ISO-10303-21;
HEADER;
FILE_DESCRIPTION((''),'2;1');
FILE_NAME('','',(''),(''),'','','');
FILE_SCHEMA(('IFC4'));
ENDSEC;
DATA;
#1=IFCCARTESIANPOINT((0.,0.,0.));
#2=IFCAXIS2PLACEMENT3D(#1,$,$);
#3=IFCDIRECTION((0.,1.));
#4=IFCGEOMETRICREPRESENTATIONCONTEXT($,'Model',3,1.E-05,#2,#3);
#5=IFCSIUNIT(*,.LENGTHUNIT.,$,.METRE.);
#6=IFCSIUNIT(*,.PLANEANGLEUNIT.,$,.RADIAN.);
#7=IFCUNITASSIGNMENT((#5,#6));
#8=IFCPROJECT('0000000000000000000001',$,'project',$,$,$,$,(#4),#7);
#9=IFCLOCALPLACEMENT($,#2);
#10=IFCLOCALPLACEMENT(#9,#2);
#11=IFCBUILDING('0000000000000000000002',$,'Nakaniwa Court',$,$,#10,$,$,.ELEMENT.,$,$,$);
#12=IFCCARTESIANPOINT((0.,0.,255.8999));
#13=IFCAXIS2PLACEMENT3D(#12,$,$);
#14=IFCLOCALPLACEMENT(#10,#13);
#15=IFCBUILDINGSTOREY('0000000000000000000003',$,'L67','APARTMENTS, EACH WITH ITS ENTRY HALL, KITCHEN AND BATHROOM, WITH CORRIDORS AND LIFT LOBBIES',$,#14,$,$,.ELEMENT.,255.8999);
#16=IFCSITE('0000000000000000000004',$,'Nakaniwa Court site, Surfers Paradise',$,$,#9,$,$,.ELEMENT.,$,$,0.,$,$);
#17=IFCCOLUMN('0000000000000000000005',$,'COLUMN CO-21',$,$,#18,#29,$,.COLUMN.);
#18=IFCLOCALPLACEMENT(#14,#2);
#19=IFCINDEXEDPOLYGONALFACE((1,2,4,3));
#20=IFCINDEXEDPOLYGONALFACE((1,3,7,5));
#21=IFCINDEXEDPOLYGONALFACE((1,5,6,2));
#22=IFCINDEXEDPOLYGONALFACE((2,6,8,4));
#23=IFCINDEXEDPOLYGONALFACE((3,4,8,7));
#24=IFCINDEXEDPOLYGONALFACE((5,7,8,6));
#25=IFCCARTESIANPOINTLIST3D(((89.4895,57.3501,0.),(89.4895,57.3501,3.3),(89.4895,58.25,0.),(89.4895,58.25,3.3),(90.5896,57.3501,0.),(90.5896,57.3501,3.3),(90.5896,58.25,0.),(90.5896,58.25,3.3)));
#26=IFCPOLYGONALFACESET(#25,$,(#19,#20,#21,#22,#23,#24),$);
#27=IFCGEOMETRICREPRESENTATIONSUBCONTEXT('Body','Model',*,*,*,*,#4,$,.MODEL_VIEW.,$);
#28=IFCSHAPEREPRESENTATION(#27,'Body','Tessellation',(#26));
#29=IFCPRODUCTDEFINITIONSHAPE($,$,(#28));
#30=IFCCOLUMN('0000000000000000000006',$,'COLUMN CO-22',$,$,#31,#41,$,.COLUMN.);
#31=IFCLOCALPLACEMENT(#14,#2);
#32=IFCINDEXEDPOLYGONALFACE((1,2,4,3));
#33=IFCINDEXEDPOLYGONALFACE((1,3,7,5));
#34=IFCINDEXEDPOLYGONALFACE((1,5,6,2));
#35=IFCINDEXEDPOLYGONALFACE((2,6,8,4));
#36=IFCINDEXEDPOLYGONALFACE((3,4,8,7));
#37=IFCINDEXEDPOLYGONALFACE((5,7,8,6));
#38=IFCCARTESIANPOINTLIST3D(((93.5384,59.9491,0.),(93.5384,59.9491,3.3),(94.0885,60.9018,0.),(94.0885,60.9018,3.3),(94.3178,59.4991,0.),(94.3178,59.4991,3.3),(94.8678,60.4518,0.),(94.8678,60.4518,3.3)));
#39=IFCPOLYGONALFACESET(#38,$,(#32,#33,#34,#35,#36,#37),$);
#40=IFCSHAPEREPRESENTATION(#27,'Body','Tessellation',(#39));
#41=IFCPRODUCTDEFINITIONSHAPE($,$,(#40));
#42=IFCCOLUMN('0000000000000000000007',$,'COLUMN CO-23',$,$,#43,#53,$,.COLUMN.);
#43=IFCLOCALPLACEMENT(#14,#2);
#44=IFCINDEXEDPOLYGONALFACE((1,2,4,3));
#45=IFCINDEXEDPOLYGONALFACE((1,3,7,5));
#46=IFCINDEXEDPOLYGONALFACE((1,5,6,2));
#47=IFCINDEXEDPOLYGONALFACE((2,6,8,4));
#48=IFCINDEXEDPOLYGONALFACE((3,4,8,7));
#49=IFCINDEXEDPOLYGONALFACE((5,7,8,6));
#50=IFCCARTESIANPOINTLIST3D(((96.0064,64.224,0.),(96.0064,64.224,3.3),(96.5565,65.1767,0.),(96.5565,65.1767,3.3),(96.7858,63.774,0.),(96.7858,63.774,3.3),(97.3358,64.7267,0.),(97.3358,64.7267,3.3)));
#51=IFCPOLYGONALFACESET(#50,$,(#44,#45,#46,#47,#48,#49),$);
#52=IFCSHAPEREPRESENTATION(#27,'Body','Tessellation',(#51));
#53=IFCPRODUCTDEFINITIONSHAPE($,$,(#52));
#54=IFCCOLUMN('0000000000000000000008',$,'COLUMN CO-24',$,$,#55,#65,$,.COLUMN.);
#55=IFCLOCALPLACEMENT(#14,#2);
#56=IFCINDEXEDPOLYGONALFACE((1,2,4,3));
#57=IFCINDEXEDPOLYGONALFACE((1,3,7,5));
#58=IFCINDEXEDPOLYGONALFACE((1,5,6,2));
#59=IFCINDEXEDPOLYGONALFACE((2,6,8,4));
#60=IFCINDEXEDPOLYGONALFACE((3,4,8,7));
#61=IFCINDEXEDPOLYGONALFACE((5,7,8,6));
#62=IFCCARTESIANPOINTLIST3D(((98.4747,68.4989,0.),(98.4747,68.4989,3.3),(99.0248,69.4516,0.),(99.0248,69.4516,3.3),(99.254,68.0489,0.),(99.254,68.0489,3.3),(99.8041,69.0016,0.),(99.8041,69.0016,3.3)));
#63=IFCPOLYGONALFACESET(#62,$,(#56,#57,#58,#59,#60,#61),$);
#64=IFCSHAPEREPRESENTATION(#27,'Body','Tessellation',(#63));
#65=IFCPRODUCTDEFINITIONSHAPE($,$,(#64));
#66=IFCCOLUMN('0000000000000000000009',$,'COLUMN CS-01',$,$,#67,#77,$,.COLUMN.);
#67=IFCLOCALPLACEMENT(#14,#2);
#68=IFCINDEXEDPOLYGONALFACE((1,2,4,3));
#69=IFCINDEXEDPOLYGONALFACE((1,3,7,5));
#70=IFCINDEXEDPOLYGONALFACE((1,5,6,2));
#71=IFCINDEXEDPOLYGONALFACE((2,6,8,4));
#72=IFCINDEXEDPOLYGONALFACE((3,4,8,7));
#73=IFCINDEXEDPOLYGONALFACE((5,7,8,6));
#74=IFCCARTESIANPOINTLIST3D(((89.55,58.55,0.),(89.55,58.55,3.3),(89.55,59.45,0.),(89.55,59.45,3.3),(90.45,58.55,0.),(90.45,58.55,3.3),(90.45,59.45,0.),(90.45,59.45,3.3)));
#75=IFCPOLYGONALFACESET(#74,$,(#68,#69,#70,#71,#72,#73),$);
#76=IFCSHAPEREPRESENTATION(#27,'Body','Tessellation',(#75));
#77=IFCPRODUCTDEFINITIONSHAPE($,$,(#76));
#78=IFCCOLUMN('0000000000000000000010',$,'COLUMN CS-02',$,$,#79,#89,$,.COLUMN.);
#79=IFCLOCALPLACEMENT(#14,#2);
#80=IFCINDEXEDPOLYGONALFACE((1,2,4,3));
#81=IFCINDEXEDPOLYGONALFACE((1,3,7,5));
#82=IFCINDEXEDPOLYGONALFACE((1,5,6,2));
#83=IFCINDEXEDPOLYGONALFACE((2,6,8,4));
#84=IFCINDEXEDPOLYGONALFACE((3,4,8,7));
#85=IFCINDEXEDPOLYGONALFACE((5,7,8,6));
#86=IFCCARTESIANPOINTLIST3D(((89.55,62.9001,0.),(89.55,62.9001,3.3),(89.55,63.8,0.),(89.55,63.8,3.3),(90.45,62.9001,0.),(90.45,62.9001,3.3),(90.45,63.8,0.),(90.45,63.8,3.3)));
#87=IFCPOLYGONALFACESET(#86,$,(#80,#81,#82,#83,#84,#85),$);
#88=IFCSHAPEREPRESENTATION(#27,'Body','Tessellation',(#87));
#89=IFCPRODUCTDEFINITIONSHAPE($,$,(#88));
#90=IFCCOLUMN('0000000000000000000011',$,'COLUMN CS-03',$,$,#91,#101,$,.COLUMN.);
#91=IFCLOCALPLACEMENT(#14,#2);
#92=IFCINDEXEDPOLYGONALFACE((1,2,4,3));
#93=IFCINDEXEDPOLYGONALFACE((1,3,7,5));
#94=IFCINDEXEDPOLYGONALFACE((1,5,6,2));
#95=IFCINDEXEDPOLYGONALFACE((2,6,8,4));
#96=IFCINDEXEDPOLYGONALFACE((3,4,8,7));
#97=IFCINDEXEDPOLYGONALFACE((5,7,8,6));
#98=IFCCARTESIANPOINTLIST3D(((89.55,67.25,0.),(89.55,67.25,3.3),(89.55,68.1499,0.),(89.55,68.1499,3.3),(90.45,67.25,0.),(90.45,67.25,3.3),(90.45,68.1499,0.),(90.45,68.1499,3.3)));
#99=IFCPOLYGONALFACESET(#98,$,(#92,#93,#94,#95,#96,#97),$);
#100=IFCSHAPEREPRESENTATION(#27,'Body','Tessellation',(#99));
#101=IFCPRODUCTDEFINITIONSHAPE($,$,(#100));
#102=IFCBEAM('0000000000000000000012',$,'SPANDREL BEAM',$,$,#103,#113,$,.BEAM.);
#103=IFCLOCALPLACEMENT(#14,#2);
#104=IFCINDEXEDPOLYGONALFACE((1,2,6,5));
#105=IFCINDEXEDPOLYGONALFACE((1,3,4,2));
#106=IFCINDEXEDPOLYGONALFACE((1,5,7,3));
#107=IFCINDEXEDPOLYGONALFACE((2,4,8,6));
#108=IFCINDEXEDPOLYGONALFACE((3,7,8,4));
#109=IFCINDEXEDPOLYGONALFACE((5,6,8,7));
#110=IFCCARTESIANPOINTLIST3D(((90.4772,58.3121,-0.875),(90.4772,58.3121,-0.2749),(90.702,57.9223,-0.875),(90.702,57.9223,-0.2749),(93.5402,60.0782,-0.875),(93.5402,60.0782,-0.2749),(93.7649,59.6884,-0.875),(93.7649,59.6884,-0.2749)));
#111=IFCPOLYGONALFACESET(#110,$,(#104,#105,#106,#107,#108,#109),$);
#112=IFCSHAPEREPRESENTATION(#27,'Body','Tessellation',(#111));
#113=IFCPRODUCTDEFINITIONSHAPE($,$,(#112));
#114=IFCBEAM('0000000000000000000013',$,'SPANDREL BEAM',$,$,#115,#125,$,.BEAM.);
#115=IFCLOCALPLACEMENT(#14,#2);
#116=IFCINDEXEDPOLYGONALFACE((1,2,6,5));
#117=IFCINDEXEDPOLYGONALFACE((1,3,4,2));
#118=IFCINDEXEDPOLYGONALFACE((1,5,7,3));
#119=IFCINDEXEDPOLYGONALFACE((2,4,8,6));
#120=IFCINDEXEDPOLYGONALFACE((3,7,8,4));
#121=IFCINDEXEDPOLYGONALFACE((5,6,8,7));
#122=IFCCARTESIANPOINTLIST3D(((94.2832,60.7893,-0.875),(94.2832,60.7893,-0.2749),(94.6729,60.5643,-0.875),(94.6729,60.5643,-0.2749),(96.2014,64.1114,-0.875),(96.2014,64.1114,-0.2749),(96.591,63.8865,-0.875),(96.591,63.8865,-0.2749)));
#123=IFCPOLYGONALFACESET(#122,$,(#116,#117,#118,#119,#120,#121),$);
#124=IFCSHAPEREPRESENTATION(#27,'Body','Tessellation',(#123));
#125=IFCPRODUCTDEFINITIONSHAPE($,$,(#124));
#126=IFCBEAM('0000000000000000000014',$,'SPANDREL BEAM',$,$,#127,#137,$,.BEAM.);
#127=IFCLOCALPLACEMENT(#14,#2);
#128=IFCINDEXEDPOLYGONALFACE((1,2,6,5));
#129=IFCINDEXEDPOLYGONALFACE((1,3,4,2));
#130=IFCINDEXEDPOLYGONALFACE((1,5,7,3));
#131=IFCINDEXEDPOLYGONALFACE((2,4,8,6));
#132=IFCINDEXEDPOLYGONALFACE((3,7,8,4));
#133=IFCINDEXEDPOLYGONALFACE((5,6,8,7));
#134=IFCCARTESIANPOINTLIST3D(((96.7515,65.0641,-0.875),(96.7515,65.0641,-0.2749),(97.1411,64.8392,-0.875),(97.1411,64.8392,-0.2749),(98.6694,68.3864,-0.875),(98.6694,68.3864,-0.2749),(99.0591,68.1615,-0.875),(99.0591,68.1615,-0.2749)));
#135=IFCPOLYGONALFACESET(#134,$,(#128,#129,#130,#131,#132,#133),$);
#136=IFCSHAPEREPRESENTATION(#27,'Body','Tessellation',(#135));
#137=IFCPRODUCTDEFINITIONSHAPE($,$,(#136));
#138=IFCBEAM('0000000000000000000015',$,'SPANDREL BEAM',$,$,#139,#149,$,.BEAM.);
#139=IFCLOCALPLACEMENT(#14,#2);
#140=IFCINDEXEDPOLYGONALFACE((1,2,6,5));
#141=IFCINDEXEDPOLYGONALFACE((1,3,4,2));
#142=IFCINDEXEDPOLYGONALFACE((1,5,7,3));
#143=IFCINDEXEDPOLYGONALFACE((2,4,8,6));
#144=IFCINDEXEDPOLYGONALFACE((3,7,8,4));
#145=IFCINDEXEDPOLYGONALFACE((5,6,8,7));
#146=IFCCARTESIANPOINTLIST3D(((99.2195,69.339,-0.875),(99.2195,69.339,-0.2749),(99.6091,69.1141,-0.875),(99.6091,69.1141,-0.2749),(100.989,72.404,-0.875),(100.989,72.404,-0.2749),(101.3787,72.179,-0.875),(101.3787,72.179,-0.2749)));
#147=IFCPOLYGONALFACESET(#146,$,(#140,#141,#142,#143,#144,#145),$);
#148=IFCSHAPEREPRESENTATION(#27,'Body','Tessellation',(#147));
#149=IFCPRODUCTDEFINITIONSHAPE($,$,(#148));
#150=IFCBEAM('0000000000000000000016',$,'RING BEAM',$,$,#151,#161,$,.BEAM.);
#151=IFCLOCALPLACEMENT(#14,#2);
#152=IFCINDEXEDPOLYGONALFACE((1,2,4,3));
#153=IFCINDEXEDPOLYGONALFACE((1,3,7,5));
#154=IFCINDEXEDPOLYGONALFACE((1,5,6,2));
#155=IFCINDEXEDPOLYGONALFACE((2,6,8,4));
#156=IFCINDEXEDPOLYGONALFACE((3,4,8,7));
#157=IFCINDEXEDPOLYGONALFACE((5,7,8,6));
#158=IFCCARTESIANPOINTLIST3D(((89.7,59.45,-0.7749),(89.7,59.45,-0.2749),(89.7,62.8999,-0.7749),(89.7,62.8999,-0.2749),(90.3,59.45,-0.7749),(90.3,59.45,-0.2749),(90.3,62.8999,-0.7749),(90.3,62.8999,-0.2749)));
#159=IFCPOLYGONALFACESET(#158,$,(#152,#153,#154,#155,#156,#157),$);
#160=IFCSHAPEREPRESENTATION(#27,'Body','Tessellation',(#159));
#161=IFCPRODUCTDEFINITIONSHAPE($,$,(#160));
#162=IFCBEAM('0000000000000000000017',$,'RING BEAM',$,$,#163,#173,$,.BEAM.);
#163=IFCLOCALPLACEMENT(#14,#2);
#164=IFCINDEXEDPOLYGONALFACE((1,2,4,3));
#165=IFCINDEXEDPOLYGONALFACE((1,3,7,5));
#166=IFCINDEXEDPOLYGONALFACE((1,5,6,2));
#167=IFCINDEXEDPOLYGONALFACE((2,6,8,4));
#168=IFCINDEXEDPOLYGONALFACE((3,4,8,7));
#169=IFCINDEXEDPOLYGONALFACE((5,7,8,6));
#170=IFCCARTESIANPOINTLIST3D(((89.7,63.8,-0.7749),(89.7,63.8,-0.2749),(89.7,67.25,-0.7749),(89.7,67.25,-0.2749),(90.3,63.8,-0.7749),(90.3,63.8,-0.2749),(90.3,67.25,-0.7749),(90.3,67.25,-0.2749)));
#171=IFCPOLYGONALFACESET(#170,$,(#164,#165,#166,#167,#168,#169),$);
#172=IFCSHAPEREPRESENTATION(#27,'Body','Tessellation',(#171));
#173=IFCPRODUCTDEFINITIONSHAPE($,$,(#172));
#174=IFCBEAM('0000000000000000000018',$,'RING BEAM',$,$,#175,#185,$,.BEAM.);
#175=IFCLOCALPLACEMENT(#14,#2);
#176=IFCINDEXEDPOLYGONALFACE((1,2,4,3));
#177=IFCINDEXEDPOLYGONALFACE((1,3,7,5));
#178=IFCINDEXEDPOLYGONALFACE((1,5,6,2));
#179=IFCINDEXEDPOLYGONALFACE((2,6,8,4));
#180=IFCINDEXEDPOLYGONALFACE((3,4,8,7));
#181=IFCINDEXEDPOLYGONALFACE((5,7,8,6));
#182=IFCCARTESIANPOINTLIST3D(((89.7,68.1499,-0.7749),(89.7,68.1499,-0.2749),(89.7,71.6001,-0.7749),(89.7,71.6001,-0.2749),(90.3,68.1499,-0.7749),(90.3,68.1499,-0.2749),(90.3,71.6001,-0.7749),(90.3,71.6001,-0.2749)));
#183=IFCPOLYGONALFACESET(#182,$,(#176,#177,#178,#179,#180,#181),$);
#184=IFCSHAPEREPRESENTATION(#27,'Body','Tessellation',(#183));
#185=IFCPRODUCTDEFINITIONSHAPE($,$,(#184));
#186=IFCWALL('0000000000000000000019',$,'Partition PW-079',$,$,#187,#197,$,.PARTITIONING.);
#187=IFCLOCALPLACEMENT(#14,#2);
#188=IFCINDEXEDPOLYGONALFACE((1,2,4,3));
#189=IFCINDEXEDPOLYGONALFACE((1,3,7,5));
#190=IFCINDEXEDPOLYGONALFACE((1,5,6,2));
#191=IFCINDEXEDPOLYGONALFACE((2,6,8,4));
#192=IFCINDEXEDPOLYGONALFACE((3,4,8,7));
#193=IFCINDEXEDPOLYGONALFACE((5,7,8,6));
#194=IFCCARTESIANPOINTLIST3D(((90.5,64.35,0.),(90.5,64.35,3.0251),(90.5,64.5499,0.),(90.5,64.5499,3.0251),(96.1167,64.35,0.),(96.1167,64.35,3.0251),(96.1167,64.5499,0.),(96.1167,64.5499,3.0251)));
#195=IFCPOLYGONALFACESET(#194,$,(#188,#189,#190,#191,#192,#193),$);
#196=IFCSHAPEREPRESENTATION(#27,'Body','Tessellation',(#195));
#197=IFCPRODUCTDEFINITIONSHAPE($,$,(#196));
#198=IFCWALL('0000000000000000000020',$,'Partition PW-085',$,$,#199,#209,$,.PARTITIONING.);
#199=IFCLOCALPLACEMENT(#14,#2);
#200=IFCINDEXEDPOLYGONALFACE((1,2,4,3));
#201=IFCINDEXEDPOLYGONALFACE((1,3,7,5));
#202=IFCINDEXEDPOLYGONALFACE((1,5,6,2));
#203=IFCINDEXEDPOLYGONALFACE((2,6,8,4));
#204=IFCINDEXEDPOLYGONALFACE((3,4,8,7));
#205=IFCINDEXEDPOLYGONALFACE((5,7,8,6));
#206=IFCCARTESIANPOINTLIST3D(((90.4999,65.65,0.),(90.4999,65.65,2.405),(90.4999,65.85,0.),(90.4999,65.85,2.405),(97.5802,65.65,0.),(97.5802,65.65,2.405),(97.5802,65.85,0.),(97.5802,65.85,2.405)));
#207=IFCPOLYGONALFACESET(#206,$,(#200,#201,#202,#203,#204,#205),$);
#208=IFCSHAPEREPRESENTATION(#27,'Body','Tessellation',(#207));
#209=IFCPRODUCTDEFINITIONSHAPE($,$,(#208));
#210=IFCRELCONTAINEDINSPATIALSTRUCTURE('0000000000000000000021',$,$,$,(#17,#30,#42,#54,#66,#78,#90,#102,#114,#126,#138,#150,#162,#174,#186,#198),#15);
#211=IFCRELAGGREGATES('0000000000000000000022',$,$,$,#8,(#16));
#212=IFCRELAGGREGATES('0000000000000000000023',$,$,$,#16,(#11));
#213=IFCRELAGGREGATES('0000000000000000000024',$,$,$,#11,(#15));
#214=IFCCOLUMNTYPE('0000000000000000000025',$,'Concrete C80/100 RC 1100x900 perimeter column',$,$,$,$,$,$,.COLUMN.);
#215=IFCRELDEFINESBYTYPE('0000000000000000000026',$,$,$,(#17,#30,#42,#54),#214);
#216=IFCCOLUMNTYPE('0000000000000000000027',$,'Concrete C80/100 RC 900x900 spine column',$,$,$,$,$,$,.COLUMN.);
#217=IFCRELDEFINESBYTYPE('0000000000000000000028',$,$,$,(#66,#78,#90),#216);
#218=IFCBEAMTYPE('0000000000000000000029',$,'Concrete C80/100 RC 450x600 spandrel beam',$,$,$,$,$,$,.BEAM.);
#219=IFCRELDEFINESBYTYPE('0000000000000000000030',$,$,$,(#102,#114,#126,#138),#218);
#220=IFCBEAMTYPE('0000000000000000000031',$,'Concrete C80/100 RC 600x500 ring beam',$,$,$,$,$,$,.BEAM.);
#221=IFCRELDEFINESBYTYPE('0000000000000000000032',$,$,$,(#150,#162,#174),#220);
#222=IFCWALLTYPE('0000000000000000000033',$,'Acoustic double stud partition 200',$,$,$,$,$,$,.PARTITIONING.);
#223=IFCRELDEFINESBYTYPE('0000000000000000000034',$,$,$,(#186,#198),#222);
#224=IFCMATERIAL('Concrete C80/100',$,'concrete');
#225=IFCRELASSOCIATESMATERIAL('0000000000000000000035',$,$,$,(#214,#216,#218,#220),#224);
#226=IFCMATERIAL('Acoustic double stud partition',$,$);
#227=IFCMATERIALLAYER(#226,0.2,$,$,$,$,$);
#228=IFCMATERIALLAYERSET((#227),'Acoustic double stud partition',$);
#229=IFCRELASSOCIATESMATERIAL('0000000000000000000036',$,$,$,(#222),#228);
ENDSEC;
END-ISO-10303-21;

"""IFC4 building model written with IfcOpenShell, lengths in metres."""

from ifc_helpers import new_model, si_unit, direction, frame, frame_2d, origin, origin_2d, place, context, subcontext, project, spatial, rectangle, extrude, material, layer, layer_set, material_profile, profile_set, type_object, element, save


model = new_model("IFC4")

# Units and contexts
model_context = context("Model", 3, precision=1e-05, world=origin(), true_north=direction((0.0, 1.0)))
body_context = subcontext(model_context, "Body", "Model", "MODEL_VIEW")
ifc_project = project(units=[si_unit("LENGTHUNIT", "METRE"), si_unit("PLANEANGLEUNIT", "RADIAN")], contexts=[model_context])

# Site, building, storey
site_placement = place(None, origin())
site = spatial("IfcSite", under=ifc_project, at=site_placement, Name="Nakaniwa Court site, Surfers Paradise", CompositionType="ELEMENT", RefElevation=0.0)
building_placement = place(site_placement, origin())
building = spatial("IfcBuilding", under=site, at=building_placement, Name="Nakaniwa Court", CompositionType="ELEMENT")
storey_placement = place(building_placement, frame((0.0, 0.0, 255.8999)))
storey = spatial("IfcBuildingStorey", under=building, at=storey_placement, Name="L67", Description="APARTMENTS, EACH WITH ITS ENTRY HALL, KITCHEN AND BATHROOM, WITH CORRIDORS AND LIFT LOBBIES", CompositionType="ELEMENT", Elevation=255.8999)

# Columns
ifc_material_1 = material(Name="Concrete C80/100", Category="concrete")
ifc_material_profile_1 = material_profile(ifc_material_1, rectangle(XDim=1.1001, YDim=0.8999, at=origin_2d()), Name="Concrete C80/100 RC 1100x900 perimeter column")
ifc_profile_set_1 = profile_set([ifc_material_profile_1], Name="Concrete C80/100")
column_type_1 = type_object("IfcColumnType", Name="Concrete C80/100 RC 1100x900 perimeter column", PredefinedType="COLUMN", material=ifc_profile_set_1)
for number, where, z_axis, x_axis, name in (
    (1, (90.0396, 57.8, 0.0), (0.0, 0.0, 1.0), (1.0, 0.0, 0.0), "COLUMN CO-21"),
    (2, (94.2031, 60.2004, 0.0), (0.0, 0.0, 1.0), (0.5, 0.866025, 0.0), "COLUMN CO-22"),
    (3, (96.6711, 64.4753, 0.0), (0.0, 0.0, 1.0), (0.5, 0.866025, 0.0), "COLUMN CO-23"),
    (4, (99.1394, 68.7502, 0.0), (0.0, 0.0, 1.0), (0.5, 0.866025, 0.0), "COLUMN CO-24"),
):
    element("IfcColumn", number, at=place(storey_placement, frame(where, z_axis=z_axis, x_axis=x_axis)), inside=storey, type_object=column_type_1, Name=name, PredefinedType="COLUMN", context=body_context, shape_type="SweptSolid", body=[
        extrude(rectangle(XDim=1.1001, YDim=0.8999, at=origin_2d()), origin(), (0.0, 0.0, 1.0), 3.3),
    ])
ifc_material_profile_2 = material_profile(ifc_material_1, rectangle(XDim=0.8999, YDim=0.8999, at=origin_2d()), Name="Concrete C80/100 RC 900x900 spine column")
ifc_profile_set_2 = profile_set([ifc_material_profile_2], Name="Concrete C80/100")
column_type_2 = type_object("IfcColumnType", Name="Concrete C80/100 RC 900x900 spine column", PredefinedType="COLUMN", material=ifc_profile_set_2)
for number, where, z_axis, x_axis, name in (
    (5, (90.0, 59.0, 0.0), (0.0, 0.0, 1.0), (0.0, 1.0, 0.0), "COLUMN CS-01"),
    (6, (90.0, 63.3501, 0.0), (0.0, 0.0, 1.0), (0.0, 1.0, 0.0), "COLUMN CS-02"),
    (7, (90.0, 67.7, 0.0), (0.0, 0.0, 1.0), (0.0, 1.0, 0.0), "COLUMN CS-03"),
):
    element("IfcColumn", number, at=place(storey_placement, frame(where, z_axis=z_axis, x_axis=x_axis)), inside=storey, type_object=column_type_2, Name=name, PredefinedType="COLUMN", context=body_context, shape_type="SweptSolid", body=[
        extrude(rectangle(XDim=0.8999, YDim=0.8999, at=origin_2d()), origin(), (0.0, 0.0, 1.0), 3.3),
    ])

# Beams
ifc_material_profile_3 = material_profile(ifc_material_1, rectangle(XDim=0.45, YDim=0.6001, at=origin_2d()), Name="Concrete C80/100 RC 450x600 spandrel beam")
ifc_profile_set_3 = profile_set([ifc_material_profile_3], Name="Concrete C80/100")
beam_type_1 = type_object("IfcBeamType", Name="Concrete C80/100 RC 450x600 spandrel beam", PredefinedType="BEAM", material=ifc_profile_set_3)
beam_1_placement = place(storey_placement, frame((90.5896, 58.1172, -0.575), z_axis=(0.866307, 0.499511, 0.0), x_axis=(-0.499511, 0.866307, 0.0)))
element("IfcBeam", 8, at=beam_1_placement, inside=storey, type_object=beam_type_1, Name="SPANDREL BEAM", PredefinedType="BEAM", context=body_context, shape_type="SweptSolid", body=[
    extrude(rectangle(XDim=0.45, YDim=0.6001, at=origin_2d()), origin(), (0.0, 0.0, 1.0), 3.5356),
])
for number, where, z_axis, x_axis, name in (
    (9, (94.478, 60.6768, -0.575), (0.50002, 0.866014, 0.0), (-0.866014, 0.50002, 0.0), "SPANDREL BEAM"),
    (10, (96.9463, 64.9517, -0.575), (0.499972, 0.866041, 0.0), (-0.866041, 0.499972, 0.0), "SPANDREL BEAM"),
):
    element("IfcBeam", number, at=place(storey_placement, frame(where, z_axis=z_axis, x_axis=x_axis)), inside=storey, type_object=beam_type_1, Name=name, PredefinedType="BEAM", context=body_context, shape_type="SweptSolid", body=[
        extrude(rectangle(XDim=0.45, YDim=0.6001, at=origin_2d()), origin(), (0.0, 0.0, 1.0), 3.8362),
    ])
beam_2_placement = place(storey_placement, frame((99.4143, 69.2266, -0.575), z_axis=(0.499997, 0.866027, 0.0), x_axis=(-0.866027, 0.499997, 0.0)))
element("IfcBeam", 11, at=beam_2_placement, inside=storey, type_object=beam_type_1, Name="SPANDREL BEAM", PredefinedType="BEAM", context=body_context, shape_type="SweptSolid", body=[
    extrude(rectangle(XDim=0.45, YDim=0.6001, at=origin_2d()), origin(), (0.0, 0.0, 1.0), 3.5391),
])
ifc_material_profile_4 = material_profile(ifc_material_1, rectangle(XDim=0.6001, YDim=0.5, at=origin_2d()), Name="Concrete C80/100 RC 600x500 ring beam")
ifc_profile_set_4 = profile_set([ifc_material_profile_4], Name="Concrete C80/100")
beam_type_2 = type_object("IfcBeamType", Name="Concrete C80/100 RC 600x500 ring beam", PredefinedType="BEAM", material=ifc_profile_set_4)
for number, where, z_axis, x_axis, name in (
    (12, (90.0, 59.45, -0.5249), (0.0, 1.0, 0.0), (-1.0, 0.0, 0.0), "RING BEAM"),
    (13, (90.0, 63.8, -0.5249), (0.0, 1.0, 0.0), (-1.0, 0.0, 0.0), "RING BEAM"),
):
    element("IfcBeam", number, at=place(storey_placement, frame(where, z_axis=z_axis, x_axis=x_axis)), inside=storey, type_object=beam_type_2, Name=name, PredefinedType="BEAM", context=body_context, shape_type="SweptSolid", body=[
        extrude(rectangle(XDim=0.6001, YDim=0.5, at=origin_2d()), origin(), (0.0, 0.0, 1.0), 3.45),
    ])
beam_3_placement = place(storey_placement, frame((90.0, 68.1499, -0.5249), z_axis=(0.0, 1.0, 0.0), x_axis=(-1.0, 0.0, 0.0)))
element("IfcBeam", 14, at=beam_3_placement, inside=storey, type_object=beam_type_2, Name="RING BEAM", PredefinedType="BEAM", context=body_context, shape_type="SweptSolid", body=[
    extrude(rectangle(XDim=0.6001, YDim=0.5, at=origin_2d()), origin(), (0.0, 0.0, 1.0), 3.4502),
])

# Walls
ifc_material_2 = material(Name="Acoustic double stud partition")
ifc_layer_1 = layer(ifc_material_2, 0.2)
ifc_layer_set_1 = layer_set([ifc_layer_1], Name="Acoustic double stud partition")
wall_type_1 = type_object("IfcWallType", Name="Acoustic double stud partition 200", PredefinedType="PARTITIONING", material=ifc_layer_set_1)
wall_1_placement = place(storey_placement, frame((90.5, 64.45, 0.0), z_axis=(0.0, 0.0, 1.0), x_axis=(1.0, 0.0, 0.0)))
element("IfcWall", 15, at=wall_1_placement, inside=storey, type_object=wall_type_1, Name="Partition PW-079", PredefinedType="PARTITIONING", context=body_context, shape_type="SweptSolid", body=[
    extrude(rectangle(XDim=5.6167, YDim=0.2, at=frame_2d((2.8083, 0.0))), origin(), (0.0, 0.0, 1.0), 3.0251),
])
wall_2_placement = place(storey_placement, frame((90.5, 65.75, 0.0), z_axis=(0.0, 0.0, 1.0), x_axis=(1.0, 0.0, 0.0)))
element("IfcWall", 16, at=wall_2_placement, inside=storey, type_object=wall_type_1, Name="Partition PW-085", PredefinedType="PARTITIONING", context=body_context, shape_type="SweptSolid", body=[
    extrude(rectangle(XDim=7.0803, YDim=0.2, at=frame_2d((3.54, 0.0))), origin(), (0.0, 0.0, 1.0), 2.405),
])

save(model, "model.ifc")
